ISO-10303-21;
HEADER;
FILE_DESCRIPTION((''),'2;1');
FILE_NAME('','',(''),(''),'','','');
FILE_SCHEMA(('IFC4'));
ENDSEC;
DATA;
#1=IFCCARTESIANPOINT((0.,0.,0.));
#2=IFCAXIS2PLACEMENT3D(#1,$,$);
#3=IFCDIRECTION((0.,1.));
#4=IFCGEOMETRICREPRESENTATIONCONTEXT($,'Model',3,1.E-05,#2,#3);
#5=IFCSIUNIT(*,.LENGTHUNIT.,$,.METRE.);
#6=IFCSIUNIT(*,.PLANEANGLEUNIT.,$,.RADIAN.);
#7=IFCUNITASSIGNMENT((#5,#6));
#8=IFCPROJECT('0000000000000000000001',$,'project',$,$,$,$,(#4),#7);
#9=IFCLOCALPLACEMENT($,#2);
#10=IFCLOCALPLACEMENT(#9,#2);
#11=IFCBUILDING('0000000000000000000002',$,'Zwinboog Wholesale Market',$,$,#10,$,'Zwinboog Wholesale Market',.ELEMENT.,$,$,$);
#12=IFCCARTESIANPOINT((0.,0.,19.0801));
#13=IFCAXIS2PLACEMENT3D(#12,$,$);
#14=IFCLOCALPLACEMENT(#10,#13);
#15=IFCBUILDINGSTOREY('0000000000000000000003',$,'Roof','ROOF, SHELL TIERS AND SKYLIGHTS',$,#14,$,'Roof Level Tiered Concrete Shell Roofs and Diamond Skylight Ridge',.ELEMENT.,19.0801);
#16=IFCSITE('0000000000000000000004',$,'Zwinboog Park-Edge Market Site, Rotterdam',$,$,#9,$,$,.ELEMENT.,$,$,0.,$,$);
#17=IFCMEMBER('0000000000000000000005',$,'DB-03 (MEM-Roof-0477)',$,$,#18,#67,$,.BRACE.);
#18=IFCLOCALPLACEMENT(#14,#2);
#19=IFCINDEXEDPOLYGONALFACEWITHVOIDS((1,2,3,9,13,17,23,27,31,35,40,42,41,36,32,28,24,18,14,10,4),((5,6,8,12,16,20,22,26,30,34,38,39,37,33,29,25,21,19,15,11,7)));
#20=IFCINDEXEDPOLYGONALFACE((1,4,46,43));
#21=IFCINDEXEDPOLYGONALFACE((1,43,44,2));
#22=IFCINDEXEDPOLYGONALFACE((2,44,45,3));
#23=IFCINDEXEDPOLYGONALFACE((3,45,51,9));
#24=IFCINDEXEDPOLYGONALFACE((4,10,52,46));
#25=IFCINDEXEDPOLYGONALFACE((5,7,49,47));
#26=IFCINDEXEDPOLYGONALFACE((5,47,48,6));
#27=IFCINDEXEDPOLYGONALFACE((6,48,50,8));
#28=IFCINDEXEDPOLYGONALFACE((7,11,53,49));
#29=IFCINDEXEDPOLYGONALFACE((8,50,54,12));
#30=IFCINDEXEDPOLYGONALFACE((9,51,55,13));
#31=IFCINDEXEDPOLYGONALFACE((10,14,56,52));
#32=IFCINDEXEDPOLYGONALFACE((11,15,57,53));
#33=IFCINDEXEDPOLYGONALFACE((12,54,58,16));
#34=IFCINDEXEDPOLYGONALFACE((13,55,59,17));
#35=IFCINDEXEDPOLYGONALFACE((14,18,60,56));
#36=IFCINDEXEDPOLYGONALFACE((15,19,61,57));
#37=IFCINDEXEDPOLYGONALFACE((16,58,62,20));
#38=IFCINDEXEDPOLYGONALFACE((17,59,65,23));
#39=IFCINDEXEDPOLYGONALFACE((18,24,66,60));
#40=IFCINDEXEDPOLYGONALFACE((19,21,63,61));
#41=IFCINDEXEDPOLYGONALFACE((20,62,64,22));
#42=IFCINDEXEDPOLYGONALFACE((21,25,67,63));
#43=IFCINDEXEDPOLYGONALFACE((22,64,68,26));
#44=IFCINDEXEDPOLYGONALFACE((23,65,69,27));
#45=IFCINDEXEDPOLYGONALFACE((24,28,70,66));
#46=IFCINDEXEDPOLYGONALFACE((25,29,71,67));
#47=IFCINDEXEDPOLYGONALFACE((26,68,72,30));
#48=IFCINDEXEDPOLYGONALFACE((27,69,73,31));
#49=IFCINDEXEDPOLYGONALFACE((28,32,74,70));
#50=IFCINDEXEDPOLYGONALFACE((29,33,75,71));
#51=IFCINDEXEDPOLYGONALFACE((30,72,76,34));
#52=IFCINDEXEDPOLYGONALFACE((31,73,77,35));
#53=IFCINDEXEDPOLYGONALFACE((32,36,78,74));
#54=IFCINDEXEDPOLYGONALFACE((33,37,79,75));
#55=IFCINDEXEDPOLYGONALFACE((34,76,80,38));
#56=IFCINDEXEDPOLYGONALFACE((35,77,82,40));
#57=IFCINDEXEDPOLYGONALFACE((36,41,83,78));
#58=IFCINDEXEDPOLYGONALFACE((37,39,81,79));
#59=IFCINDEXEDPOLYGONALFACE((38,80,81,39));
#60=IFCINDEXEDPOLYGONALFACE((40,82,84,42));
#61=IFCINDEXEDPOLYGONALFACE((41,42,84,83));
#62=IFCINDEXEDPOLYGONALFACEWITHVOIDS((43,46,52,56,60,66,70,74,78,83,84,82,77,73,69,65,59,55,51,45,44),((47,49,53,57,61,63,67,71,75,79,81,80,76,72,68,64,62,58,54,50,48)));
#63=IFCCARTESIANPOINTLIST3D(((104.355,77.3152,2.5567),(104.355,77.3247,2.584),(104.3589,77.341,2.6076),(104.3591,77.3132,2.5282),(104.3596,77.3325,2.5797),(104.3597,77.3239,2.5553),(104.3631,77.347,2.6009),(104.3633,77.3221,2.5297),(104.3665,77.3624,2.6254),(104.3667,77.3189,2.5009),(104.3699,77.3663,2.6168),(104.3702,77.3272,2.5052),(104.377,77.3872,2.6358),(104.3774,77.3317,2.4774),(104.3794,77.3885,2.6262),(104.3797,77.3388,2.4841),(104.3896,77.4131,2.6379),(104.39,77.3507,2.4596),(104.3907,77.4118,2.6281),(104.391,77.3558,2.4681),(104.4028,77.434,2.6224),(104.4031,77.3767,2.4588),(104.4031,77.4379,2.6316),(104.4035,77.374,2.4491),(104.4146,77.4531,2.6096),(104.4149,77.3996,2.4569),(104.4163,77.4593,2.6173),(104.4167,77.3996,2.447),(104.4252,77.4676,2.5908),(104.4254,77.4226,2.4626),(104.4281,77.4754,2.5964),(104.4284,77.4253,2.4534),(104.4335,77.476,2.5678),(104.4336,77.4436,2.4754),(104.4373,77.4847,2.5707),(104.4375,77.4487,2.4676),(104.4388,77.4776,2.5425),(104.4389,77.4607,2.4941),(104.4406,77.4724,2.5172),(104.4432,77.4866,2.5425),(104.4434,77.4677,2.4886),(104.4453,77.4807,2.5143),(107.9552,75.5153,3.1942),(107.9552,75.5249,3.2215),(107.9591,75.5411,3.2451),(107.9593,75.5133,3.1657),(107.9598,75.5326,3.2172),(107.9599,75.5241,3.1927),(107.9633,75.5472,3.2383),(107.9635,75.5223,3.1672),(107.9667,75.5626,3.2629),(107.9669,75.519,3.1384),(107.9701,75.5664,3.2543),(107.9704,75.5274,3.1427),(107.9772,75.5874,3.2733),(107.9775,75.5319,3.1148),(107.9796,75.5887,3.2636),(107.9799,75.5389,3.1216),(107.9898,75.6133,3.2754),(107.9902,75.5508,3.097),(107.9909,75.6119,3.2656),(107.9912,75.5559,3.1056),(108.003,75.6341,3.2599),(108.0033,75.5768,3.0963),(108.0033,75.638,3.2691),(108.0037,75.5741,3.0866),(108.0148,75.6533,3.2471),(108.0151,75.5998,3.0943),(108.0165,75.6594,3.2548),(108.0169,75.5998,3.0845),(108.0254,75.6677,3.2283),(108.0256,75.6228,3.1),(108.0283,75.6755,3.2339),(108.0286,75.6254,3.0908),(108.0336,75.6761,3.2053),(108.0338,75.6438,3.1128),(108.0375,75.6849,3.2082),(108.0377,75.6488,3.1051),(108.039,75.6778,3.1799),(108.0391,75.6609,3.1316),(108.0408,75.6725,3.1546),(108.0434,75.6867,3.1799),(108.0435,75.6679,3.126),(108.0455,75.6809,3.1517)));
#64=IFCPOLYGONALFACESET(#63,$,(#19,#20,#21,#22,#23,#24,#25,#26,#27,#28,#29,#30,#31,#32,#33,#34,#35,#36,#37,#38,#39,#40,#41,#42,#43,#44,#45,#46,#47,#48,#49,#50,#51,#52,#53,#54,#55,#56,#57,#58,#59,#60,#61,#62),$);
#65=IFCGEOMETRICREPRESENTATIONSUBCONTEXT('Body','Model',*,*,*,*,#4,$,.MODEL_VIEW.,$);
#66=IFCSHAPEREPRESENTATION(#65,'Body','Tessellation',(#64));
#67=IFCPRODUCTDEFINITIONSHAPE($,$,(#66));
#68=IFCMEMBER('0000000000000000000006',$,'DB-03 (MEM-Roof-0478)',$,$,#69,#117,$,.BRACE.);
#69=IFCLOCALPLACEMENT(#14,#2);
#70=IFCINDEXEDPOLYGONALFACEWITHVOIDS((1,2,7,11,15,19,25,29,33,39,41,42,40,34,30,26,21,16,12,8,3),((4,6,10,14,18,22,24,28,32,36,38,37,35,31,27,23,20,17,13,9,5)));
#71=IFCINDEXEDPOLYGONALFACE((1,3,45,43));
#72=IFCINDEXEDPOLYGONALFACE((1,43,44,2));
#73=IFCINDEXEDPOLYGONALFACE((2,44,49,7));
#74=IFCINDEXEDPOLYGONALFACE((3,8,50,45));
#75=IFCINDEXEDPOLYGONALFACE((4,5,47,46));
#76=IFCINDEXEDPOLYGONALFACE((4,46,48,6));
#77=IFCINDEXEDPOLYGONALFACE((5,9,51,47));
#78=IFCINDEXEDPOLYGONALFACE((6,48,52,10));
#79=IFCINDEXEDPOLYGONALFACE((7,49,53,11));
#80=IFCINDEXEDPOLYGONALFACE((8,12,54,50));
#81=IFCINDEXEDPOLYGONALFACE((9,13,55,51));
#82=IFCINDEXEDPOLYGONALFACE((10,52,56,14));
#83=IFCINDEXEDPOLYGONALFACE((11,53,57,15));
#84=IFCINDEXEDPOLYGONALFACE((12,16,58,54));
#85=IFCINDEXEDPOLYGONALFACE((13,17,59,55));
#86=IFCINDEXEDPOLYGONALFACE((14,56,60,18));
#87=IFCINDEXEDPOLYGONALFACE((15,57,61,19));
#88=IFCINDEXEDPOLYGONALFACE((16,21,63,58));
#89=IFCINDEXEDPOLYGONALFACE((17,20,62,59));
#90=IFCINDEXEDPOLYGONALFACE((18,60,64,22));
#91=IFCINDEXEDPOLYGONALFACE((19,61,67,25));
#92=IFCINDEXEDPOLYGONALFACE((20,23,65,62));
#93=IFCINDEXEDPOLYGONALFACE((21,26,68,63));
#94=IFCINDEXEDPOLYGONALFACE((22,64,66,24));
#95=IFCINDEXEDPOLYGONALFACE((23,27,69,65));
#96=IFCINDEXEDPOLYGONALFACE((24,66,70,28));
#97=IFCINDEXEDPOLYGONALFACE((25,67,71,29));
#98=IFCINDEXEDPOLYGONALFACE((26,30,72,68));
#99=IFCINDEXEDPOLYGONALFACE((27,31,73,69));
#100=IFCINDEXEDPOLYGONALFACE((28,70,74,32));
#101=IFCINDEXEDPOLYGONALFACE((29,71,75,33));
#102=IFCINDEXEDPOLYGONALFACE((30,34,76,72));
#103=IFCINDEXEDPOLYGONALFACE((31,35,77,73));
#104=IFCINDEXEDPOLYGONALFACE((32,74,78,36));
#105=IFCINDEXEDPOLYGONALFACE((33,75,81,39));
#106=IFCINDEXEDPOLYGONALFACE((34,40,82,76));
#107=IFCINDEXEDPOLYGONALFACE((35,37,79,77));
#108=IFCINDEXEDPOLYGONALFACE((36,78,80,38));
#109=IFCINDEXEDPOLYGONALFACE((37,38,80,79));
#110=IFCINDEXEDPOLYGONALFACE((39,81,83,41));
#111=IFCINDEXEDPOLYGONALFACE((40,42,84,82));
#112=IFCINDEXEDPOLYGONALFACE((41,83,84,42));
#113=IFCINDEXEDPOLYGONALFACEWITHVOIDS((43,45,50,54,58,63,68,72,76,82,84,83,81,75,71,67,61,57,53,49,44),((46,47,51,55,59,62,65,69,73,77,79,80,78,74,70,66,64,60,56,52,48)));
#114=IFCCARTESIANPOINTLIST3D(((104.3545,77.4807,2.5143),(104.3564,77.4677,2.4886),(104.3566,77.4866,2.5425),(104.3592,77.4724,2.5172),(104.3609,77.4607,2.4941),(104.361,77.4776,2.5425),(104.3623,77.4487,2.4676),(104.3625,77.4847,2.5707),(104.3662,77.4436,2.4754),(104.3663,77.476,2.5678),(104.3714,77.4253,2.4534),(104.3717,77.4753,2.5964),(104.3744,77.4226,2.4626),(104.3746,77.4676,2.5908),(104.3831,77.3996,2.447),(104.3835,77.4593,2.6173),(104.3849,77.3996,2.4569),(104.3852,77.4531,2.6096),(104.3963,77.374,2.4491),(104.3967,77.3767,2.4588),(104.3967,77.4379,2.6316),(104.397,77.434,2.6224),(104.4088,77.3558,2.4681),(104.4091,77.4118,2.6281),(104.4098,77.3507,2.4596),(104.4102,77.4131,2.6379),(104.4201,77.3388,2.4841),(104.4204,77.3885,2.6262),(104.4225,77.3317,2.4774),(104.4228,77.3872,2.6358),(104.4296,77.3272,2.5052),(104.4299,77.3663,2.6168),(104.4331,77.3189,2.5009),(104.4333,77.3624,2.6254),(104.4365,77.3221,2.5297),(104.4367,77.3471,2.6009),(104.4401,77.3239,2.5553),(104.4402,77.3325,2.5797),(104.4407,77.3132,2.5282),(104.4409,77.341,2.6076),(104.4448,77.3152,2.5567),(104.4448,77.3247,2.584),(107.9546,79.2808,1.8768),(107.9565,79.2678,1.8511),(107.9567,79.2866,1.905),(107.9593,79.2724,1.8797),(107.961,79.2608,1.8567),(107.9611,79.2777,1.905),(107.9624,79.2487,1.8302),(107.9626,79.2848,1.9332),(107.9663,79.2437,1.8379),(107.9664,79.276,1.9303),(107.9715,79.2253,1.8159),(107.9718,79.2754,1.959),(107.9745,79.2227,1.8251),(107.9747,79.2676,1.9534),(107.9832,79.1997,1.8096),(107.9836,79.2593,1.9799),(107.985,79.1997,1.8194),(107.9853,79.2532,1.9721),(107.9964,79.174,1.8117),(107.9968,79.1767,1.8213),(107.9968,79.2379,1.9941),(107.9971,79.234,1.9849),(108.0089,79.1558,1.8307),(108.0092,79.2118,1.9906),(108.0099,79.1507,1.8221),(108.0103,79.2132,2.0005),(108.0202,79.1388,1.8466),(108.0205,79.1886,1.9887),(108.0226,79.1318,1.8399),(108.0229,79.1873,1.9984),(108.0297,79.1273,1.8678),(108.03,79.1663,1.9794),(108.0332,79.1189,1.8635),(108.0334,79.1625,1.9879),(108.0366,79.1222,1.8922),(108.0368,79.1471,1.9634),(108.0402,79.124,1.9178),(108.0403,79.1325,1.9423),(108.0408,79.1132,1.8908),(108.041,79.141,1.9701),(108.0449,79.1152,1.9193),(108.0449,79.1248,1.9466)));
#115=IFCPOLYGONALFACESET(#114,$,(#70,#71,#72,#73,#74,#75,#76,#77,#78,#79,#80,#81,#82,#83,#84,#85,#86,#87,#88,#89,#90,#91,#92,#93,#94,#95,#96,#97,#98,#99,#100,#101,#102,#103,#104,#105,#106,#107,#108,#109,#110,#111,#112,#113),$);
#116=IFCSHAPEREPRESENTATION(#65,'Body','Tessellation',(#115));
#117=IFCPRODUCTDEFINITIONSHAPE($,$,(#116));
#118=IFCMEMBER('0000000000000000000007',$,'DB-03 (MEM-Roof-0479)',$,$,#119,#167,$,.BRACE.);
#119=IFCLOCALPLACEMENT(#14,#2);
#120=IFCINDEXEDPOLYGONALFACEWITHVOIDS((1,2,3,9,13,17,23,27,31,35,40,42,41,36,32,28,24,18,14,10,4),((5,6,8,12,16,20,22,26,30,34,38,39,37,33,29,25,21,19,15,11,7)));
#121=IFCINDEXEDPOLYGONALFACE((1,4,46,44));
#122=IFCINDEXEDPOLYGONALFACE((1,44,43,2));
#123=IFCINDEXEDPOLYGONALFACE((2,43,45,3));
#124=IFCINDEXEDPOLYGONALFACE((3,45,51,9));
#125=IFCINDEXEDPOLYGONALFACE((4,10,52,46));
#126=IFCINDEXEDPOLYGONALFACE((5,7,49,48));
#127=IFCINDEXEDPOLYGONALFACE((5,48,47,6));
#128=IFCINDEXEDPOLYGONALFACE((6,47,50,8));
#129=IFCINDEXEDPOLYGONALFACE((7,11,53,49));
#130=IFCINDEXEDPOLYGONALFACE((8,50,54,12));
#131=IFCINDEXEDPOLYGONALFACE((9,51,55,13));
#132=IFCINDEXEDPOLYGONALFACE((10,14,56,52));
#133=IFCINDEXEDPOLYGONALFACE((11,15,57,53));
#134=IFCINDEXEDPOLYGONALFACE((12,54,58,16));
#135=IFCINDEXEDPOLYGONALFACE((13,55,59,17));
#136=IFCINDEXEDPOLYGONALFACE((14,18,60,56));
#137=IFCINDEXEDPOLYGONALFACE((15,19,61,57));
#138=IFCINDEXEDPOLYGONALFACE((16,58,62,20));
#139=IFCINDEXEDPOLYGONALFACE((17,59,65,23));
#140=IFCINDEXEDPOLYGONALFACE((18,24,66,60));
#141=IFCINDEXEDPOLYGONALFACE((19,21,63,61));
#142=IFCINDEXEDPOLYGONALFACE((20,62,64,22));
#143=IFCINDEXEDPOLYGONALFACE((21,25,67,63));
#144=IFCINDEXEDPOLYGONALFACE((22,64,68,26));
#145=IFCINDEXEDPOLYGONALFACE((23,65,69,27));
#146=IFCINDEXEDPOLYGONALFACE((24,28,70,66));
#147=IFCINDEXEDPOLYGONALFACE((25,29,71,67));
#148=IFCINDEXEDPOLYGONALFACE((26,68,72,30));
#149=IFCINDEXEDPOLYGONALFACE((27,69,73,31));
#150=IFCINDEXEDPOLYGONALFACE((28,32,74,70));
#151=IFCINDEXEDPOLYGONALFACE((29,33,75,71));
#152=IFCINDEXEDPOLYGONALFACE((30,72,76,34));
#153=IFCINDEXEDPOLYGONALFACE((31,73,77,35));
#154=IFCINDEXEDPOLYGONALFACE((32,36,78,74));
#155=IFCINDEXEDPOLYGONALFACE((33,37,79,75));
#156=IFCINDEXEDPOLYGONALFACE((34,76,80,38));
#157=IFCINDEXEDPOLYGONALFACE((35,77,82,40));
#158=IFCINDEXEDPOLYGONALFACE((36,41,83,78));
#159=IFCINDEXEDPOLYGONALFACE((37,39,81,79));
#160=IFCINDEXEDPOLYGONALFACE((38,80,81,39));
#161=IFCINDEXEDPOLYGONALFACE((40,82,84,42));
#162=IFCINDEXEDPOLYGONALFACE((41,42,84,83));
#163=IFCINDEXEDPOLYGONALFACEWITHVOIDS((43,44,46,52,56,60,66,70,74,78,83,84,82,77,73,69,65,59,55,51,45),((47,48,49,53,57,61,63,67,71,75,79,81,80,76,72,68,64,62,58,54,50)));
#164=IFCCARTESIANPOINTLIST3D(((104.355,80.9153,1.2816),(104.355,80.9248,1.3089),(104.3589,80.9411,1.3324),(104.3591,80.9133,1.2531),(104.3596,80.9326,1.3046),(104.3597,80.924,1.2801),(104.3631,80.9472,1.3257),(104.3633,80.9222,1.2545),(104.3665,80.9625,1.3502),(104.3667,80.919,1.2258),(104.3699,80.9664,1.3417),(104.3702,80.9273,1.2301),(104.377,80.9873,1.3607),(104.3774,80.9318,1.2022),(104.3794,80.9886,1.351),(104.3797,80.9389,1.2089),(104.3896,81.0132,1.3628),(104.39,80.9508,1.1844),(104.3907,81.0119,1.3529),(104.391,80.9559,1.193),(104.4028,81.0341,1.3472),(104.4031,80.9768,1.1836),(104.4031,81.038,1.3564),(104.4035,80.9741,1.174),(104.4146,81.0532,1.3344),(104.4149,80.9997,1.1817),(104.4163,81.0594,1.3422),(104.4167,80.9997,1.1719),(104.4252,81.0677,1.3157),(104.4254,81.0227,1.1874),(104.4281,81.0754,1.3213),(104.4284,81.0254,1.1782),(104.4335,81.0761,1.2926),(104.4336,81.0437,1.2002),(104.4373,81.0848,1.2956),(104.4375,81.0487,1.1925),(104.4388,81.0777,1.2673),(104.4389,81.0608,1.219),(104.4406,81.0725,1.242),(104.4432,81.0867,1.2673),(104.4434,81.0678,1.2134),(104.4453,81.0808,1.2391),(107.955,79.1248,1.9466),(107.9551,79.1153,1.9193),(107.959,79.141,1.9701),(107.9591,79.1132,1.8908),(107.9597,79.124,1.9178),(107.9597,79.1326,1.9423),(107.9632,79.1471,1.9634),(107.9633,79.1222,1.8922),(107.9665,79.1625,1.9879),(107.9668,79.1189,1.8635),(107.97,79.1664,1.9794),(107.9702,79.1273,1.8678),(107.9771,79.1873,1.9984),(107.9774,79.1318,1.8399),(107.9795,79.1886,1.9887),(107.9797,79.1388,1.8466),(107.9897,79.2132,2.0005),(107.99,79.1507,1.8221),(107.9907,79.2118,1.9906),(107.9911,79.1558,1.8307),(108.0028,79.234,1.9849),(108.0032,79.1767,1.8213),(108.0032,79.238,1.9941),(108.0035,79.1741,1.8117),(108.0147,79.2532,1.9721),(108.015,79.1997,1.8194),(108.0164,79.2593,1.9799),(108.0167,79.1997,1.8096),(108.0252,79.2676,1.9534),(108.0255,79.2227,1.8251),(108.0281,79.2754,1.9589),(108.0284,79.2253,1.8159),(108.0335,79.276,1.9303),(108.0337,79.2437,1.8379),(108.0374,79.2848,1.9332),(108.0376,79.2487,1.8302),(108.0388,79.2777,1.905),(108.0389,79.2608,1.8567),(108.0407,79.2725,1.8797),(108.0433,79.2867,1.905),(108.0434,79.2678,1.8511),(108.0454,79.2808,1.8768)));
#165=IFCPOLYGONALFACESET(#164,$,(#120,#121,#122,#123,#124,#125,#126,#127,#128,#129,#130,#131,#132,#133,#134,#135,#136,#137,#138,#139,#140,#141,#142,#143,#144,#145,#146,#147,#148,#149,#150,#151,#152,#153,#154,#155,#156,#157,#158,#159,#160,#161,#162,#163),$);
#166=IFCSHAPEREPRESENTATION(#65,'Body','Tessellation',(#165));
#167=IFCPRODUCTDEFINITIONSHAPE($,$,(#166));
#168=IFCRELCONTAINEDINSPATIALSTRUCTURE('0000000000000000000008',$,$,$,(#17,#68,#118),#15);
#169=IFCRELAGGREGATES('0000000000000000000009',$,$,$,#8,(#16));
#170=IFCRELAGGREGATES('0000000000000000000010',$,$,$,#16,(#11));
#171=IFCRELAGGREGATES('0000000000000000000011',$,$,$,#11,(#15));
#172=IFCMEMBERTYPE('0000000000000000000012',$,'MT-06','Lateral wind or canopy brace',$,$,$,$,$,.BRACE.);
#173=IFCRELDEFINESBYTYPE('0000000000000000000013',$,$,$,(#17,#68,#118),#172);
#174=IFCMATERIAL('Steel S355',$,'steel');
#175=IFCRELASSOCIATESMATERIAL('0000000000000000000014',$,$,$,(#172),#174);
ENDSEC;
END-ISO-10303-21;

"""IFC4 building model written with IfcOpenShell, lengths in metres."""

from ifc_helpers import new_model, si_unit, direction, frame, origin, origin_2d, place, context, subcontext, project, spatial, hollow_circle, extrude, material, material_profile, profile_set, type_object, element, save


model = new_model("IFC4")

# Units and contexts
model_context = context("Model", 3, precision=1e-05, world=origin(), true_north=direction((0.0, 1.0)))
body_context = subcontext(model_context, "Body", "Model", "MODEL_VIEW")
ifc_project = project(units=[si_unit("LENGTHUNIT", "METRE"), si_unit("PLANEANGLEUNIT", "RADIAN")], contexts=[model_context])

# Site, building, storey
site_placement = place(None, origin())
site = spatial("IfcSite", under=ifc_project, at=site_placement, Name="Zwinboog Park-Edge Market Site, Rotterdam", CompositionType="ELEMENT", RefElevation=0.0)
building_placement = place(site_placement, origin())
building = spatial("IfcBuilding", under=site, at=building_placement, Name="Zwinboog Wholesale Market", LongName="Zwinboog Wholesale Market", CompositionType="ELEMENT")
storey_placement = place(building_placement, frame((0.0, 0.0, 19.0801)))
storey = spatial("IfcBuildingStorey", under=building, at=storey_placement, Name="Roof", Description="ROOF, SHELL TIERS AND SKYLIGHTS", LongName="Roof Level Tiered Concrete Shell Roofs and Diamond Skylight Ridge", CompositionType="ELEMENT", Elevation=19.0801)

# Members
ifc_material_1 = material(Name="Steel S355", Category="steel")
ifc_material_profile_1 = material_profile(ifc_material_1, hollow_circle(Radius=0.0969, WallThickness=0.01, at=origin_2d()), Name="CHS 193.7x10")
ifc_profile_set_1 = profile_set([ifc_material_profile_1], Name="Steel S355")
member_type_1 = type_object("IfcMemberType", Name="MT-06", Description="Lateral wind or canopy brace", PredefinedType="BRACE", material=ifc_profile_set_1)
for number, where, z_axis, x_axis, name in (
    (1, (104.3999, 77.3999, 2.5425), (0.88344, -0.44166, 0.156426), (0.447165, 0.894451, 0.0), "DB-03 (MEM-Roof-0477)"),
    (2, (104.3999, 77.3999, 2.5425), (0.883417, 0.441709, -0.156422), (-0.447214, 0.894427, 0.0), "DB-03 (MEM-Roof-0478)"),
    (3, (104.3999, 81.0, 1.2673), (0.883409, -0.441704, 0.156481), (0.447214, 0.894427, 0.0), "DB-03 (MEM-Roof-0479)"),
):
    element("IfcMember", number, at=place(storey_placement, frame(where, z_axis=z_axis, x_axis=x_axis)), inside=storey, type_object=member_type_1, Name=name, PredefinedType="BRACE", context=body_context, shape_type="SweptSolid", body=[
        extrude(hollow_circle(Radius=0.0969, WallThickness=0.01, at=origin_2d()), origin(), (0.0, 0.0, 1.0), 4.0752),
    ])

save(model, "model.ifc")
